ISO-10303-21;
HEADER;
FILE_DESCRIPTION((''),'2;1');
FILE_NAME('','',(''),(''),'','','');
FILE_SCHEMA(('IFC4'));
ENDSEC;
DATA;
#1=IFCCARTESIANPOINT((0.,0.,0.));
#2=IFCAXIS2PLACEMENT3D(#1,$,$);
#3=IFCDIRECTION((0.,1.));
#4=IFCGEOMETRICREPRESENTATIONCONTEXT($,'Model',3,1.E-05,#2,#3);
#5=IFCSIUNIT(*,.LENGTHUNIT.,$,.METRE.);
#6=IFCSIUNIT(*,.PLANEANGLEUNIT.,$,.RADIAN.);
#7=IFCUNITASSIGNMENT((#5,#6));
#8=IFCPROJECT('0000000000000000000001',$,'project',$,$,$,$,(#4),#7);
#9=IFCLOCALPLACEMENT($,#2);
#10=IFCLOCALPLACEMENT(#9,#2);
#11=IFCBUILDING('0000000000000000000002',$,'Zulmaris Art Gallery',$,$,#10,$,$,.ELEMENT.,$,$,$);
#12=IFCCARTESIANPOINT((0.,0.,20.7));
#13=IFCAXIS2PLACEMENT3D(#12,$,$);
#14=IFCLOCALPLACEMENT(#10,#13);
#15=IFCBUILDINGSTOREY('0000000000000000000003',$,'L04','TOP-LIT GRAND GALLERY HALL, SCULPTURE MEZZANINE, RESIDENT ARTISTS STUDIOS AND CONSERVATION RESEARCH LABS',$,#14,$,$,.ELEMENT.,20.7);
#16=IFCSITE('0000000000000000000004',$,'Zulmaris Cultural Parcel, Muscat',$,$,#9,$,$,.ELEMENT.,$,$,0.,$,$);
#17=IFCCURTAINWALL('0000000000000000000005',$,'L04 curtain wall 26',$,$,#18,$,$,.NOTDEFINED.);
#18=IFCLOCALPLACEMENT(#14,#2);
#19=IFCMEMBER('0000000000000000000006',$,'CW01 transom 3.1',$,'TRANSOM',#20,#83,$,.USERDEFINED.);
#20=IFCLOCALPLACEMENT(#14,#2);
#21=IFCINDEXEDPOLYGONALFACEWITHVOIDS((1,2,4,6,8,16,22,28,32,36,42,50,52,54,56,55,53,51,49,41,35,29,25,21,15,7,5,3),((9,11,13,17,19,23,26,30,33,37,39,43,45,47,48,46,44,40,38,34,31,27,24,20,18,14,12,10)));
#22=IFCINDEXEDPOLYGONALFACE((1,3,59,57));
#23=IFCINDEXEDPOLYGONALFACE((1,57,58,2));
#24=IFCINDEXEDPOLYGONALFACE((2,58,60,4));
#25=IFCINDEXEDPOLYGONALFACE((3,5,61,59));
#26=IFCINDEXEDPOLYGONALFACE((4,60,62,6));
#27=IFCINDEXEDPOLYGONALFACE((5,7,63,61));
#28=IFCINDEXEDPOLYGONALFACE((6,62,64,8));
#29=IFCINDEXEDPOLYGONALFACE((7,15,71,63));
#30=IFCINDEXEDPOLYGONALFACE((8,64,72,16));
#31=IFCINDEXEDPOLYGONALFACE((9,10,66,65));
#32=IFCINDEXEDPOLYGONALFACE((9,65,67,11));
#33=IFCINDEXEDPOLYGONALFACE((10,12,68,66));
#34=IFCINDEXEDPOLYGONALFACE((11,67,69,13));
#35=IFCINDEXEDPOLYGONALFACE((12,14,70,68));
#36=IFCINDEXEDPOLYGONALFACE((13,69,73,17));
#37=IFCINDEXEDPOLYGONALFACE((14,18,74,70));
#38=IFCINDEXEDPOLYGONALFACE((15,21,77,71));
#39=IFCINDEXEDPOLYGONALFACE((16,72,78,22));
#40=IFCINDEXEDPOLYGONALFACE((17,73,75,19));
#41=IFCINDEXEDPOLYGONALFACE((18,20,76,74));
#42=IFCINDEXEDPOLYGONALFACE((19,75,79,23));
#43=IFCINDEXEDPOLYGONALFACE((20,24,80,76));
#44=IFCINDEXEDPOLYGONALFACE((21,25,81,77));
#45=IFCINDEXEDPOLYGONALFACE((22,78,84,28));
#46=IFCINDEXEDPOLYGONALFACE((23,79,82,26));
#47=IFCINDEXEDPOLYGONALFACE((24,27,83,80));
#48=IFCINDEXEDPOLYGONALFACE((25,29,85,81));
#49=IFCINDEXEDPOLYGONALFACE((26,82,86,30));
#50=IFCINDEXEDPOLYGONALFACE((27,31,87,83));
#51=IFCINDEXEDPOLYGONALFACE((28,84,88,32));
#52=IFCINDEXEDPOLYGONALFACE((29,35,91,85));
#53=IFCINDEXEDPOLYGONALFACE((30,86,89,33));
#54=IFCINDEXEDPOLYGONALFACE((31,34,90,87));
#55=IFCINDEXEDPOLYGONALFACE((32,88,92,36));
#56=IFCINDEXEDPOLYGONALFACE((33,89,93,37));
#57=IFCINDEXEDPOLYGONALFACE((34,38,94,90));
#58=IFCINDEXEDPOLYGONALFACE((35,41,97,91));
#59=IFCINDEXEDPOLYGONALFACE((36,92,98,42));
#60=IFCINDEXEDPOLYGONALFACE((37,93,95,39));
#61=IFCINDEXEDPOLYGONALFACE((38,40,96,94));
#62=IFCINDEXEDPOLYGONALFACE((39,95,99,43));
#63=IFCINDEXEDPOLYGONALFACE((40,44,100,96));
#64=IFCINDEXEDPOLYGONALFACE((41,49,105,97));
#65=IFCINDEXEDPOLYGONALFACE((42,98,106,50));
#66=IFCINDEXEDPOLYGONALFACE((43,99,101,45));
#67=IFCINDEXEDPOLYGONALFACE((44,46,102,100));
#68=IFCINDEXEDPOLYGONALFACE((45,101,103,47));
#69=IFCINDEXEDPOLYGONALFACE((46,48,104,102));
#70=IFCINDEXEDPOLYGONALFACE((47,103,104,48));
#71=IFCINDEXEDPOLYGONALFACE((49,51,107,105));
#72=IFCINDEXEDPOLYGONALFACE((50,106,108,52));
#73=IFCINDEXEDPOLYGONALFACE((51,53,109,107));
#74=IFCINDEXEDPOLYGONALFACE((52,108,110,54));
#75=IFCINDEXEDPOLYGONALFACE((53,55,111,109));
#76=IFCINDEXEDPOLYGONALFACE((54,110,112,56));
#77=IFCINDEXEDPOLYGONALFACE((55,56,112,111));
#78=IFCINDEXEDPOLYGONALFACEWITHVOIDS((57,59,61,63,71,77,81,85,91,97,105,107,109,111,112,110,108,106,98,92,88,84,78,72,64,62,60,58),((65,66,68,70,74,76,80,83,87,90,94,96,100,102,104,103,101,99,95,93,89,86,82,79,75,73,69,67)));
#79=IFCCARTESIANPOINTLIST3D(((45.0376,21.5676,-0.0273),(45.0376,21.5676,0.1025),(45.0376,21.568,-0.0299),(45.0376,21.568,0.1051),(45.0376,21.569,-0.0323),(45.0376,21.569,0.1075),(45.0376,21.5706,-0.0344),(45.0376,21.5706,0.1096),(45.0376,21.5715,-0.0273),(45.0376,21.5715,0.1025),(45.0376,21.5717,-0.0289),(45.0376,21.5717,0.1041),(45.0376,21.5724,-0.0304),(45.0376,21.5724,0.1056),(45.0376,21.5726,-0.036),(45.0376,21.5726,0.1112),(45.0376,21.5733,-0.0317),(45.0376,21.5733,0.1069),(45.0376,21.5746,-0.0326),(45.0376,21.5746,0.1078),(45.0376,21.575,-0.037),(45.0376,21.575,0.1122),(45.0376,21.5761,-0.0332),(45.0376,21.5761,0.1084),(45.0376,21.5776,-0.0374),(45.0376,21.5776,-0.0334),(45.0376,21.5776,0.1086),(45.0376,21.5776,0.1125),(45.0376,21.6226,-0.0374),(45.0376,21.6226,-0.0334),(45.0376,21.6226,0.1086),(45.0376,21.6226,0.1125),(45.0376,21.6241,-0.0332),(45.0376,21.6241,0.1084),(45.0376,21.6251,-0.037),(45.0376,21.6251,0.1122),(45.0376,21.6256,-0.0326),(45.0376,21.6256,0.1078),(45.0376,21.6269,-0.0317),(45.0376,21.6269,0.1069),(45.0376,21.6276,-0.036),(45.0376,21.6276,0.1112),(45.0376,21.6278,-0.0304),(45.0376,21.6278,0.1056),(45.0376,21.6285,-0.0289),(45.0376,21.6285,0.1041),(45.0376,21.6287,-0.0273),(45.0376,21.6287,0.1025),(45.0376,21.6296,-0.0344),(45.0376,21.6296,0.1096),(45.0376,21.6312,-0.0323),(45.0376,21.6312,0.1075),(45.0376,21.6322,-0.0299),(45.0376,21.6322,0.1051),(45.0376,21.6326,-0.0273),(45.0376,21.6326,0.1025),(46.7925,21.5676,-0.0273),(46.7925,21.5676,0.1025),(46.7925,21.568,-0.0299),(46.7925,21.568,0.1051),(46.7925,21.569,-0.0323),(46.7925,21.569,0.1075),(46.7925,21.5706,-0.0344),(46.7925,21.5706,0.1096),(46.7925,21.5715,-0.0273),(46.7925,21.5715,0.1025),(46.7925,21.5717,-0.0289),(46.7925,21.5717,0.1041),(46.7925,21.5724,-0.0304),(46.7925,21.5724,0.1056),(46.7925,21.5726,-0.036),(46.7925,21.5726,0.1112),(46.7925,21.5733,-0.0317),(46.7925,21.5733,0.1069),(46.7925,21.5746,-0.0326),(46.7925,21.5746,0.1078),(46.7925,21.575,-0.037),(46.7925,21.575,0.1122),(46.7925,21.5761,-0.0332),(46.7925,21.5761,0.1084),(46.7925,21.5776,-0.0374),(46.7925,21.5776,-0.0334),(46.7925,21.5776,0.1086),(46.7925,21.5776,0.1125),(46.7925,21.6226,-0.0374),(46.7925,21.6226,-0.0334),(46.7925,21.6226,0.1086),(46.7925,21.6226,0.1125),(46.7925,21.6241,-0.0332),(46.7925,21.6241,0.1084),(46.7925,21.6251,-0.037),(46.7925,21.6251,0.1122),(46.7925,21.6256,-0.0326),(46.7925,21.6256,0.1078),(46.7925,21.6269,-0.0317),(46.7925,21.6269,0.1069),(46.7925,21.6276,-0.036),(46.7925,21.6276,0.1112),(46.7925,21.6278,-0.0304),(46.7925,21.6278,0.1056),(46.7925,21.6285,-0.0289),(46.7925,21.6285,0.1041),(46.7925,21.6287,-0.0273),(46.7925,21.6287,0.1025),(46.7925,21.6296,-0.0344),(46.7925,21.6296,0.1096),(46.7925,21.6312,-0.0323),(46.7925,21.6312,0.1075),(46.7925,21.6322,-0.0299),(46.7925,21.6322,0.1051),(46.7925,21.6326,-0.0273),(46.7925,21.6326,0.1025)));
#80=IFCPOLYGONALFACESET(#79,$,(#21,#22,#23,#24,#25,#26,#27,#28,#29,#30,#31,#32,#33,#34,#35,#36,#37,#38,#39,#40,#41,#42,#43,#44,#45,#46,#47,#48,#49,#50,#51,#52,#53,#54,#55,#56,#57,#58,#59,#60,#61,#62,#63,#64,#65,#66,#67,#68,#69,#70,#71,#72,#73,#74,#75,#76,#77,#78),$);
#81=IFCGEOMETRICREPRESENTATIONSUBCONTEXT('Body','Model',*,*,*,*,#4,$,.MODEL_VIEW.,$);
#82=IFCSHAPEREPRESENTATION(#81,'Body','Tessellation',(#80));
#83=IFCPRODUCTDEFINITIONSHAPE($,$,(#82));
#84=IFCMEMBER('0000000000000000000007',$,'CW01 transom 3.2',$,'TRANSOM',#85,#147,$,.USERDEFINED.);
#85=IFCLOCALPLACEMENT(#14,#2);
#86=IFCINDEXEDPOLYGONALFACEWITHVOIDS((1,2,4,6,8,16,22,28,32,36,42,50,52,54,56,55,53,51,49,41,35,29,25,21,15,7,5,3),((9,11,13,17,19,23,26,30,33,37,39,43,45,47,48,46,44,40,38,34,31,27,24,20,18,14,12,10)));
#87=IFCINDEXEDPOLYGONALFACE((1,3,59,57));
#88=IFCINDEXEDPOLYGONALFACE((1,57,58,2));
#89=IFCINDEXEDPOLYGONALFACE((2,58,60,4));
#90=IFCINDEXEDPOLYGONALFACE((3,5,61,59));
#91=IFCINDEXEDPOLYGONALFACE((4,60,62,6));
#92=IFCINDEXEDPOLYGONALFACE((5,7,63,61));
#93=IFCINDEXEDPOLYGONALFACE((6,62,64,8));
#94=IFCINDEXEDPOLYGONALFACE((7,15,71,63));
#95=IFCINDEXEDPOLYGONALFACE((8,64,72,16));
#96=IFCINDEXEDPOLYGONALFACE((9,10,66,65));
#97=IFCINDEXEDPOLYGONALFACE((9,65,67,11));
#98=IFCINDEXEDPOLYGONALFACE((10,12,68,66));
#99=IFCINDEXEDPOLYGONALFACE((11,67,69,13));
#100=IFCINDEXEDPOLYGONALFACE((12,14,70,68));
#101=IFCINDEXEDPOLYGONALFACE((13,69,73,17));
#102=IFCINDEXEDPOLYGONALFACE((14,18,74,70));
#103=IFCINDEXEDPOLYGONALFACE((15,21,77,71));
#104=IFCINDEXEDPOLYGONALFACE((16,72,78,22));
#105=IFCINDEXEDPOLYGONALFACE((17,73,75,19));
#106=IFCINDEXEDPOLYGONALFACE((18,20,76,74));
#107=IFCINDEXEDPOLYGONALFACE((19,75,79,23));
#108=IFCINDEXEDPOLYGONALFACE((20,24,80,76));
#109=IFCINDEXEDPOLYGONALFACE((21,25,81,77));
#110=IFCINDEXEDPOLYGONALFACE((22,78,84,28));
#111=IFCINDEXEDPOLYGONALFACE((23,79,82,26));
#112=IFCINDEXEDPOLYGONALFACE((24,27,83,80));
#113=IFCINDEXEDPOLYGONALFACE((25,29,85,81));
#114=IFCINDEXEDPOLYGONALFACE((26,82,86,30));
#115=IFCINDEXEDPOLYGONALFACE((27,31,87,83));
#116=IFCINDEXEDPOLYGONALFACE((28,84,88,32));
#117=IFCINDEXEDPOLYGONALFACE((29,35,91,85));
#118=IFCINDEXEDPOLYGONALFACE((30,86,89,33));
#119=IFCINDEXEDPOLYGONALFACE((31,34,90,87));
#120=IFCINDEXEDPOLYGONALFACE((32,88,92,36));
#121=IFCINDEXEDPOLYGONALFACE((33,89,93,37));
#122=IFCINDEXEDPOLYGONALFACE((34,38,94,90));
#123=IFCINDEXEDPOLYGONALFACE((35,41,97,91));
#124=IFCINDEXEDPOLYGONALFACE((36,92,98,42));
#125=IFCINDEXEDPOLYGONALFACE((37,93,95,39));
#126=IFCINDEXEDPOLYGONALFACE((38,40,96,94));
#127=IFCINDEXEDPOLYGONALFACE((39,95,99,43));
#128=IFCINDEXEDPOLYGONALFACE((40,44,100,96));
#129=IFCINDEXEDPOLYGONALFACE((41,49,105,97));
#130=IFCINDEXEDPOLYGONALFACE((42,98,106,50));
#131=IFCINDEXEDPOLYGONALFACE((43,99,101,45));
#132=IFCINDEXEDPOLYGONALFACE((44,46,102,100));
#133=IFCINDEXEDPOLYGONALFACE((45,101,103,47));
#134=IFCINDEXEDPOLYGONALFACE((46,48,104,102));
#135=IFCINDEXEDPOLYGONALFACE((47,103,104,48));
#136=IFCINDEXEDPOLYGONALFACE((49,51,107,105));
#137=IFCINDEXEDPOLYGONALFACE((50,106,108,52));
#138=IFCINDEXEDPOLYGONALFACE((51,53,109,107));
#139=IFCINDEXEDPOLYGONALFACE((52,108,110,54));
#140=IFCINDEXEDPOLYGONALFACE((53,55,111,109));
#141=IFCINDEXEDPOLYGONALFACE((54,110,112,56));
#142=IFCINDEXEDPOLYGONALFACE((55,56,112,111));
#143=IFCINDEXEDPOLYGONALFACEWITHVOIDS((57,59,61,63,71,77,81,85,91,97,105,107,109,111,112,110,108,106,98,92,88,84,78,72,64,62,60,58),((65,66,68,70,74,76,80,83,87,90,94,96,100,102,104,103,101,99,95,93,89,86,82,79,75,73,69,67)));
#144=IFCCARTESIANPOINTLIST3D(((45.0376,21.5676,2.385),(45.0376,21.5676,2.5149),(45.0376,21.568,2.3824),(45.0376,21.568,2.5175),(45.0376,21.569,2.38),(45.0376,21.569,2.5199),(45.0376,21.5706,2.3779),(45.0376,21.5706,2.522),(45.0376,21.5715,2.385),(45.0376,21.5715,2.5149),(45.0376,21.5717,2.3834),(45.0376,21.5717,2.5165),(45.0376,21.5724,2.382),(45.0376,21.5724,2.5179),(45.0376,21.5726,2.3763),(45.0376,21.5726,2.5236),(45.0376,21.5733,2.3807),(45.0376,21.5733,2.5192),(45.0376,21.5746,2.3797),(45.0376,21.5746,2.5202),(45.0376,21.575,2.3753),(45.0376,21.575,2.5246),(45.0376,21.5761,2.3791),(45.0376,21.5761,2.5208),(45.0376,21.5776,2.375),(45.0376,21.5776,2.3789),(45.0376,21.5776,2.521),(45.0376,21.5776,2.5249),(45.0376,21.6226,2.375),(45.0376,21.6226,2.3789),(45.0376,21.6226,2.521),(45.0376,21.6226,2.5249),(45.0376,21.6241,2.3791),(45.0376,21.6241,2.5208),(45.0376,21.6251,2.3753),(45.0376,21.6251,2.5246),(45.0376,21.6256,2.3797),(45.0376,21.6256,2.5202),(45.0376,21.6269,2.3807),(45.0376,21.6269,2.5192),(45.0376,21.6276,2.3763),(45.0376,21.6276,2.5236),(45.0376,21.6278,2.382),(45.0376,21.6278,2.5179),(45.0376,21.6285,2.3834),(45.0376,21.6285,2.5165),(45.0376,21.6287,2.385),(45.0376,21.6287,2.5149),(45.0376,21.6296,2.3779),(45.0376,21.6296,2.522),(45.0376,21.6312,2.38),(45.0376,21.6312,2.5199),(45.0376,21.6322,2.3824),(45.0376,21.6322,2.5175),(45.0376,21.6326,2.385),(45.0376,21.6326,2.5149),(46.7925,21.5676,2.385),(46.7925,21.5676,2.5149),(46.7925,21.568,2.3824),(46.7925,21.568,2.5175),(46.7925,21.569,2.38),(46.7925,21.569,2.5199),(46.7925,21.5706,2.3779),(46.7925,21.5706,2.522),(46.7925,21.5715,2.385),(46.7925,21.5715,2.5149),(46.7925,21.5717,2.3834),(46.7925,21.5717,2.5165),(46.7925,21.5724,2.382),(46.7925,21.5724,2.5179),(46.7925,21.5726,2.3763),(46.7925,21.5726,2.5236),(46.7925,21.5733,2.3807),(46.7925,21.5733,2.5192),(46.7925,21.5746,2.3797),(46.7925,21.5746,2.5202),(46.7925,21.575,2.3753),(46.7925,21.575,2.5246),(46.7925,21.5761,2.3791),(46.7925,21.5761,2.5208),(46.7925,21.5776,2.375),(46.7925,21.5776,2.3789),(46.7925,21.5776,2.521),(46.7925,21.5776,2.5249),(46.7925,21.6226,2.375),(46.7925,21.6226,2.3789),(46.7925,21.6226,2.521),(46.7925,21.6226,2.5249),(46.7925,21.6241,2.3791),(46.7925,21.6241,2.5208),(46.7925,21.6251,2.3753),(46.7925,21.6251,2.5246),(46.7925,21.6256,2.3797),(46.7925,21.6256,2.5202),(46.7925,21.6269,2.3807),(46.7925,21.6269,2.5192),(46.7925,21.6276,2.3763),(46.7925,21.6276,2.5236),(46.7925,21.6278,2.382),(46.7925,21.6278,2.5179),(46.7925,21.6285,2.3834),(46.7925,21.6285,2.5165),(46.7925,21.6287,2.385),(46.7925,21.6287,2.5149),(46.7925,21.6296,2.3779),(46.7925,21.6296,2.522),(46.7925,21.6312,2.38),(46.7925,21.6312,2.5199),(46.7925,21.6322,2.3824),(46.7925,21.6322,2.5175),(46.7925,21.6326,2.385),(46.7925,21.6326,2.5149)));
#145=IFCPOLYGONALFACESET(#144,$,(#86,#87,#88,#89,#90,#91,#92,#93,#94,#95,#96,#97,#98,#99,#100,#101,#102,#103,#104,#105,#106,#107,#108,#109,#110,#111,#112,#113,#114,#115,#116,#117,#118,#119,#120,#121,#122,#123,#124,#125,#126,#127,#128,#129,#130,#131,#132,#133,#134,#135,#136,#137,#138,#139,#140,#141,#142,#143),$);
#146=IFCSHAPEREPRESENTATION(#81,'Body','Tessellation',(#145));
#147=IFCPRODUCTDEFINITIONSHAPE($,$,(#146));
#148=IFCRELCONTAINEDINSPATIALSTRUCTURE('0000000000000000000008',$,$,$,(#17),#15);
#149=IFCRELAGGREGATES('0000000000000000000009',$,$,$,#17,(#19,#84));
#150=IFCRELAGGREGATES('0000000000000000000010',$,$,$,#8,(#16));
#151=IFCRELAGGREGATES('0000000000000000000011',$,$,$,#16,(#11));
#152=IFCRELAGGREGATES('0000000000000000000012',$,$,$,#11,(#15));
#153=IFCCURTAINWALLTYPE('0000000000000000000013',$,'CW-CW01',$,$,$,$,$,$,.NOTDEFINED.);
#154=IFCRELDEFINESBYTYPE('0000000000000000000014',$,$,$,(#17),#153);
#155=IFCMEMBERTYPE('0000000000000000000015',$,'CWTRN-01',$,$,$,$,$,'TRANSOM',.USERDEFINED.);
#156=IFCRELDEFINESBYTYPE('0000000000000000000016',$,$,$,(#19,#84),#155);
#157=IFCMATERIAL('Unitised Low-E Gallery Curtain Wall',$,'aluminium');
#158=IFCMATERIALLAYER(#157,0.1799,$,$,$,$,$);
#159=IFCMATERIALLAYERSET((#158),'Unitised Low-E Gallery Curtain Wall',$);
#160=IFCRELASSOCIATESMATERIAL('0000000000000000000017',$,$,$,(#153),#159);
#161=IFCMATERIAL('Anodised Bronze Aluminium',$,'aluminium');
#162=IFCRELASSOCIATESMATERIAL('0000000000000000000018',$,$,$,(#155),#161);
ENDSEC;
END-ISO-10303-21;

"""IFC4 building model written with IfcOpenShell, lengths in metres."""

from ifc_helpers import new_model, si_unit, direction, frame, origin, origin_2d, place, context, subcontext, project, spatial, hollow_rectangle, extrude, material, layer, layer_set, material_profile, profile_set, type_object, element, aggregate, save


model = new_model("IFC4")

# Units and contexts
model_context = context("Model", 3, precision=1e-05, world=origin(), true_north=direction((0.0, 1.0)))
body_context = subcontext(model_context, "Body", "Model", "MODEL_VIEW")
ifc_project = project(units=[si_unit("LENGTHUNIT", "METRE"), si_unit("PLANEANGLEUNIT", "RADIAN")], contexts=[model_context])

# Site, building, storey
site_placement = place(None, origin())
site = spatial("IfcSite", under=ifc_project, at=site_placement, Name="Zulmaris Cultural Parcel, Muscat", CompositionType="ELEMENT", RefElevation=0.0)
building_placement = place(site_placement, origin())
building = spatial("IfcBuilding", under=site, at=building_placement, Name="Zulmaris Art Gallery", CompositionType="ELEMENT")
storey_placement = place(building_placement, frame((0.0, 0.0, 20.7)))
storey = spatial("IfcBuildingStorey", under=building, at=storey_placement, Name="L04", Description="TOP-LIT GRAND GALLERY HALL, SCULPTURE MEZZANINE, RESIDENT ARTISTS STUDIOS AND CONSERVATION RESEARCH LABS", CompositionType="ELEMENT", Elevation=20.7)

# Curtain wall
ifc_material_1 = material(Name="Unitised Low-E Gallery Curtain Wall", Category="aluminium")
ifc_layer_1 = layer(ifc_material_1, 0.1799)
ifc_layer_set_1 = layer_set([ifc_layer_1], Name="Unitised Low-E Gallery Curtain Wall")
curtain_wall_type_1 = type_object("IfcCurtainWallType", Name="CW-CW01", PredefinedType="NOTDEFINED", material=ifc_layer_set_1)
curtain_wall_1_placement = place(storey_placement, origin())
curtain_wall_1 = element("IfcCurtainWall", 1, at=curtain_wall_1_placement, inside=storey, type_object=curtain_wall_type_1, Name="L04 curtain wall 26", PredefinedType="NOTDEFINED")
ifc_material_2 = material(Name="Anodised Bronze Aluminium", Category="aluminium")

# Members
ifc_material_profile_1 = material_profile(ifc_material_2, hollow_rectangle(XDim=0.0649, YDim=0.1499, WallThickness=0.0039, InnerFilletRadius=0.0061, OuterFilletRadius=0.01, at=origin_2d()), Name="ALU 65x150x4")
ifc_profile_set_1 = profile_set([ifc_material_profile_1], Name="Anodised Bronze Aluminium")
member_type_1 = type_object("IfcMemberType", Name="CWTRN-01", ElementType="TRANSOM", PredefinedType="USERDEFINED", material=ifc_profile_set_1)
member_1_placement = place(storey_placement, frame((45.0376, 21.6001, 0.0376), z_axis=(1.0, 0.0, 0.0), x_axis=(0.0, 1.0, 0.0)))
member_1 = element("IfcMember", 2, at=member_1_placement, type_object=member_type_1, Name="CW01 transom 3.1", ObjectType="TRANSOM", PredefinedType="USERDEFINED", context=body_context, shape_type="SweptSolid", body=[
    extrude(hollow_rectangle(XDim=0.0649, YDim=0.1499, WallThickness=0.0039, InnerFilletRadius=0.0061, OuterFilletRadius=0.01, at=origin_2d()), origin(), (0.0, 0.0, 1.0), 1.7549),
])
member_2_placement = place(storey_placement, frame((45.0376, 21.6001, 2.45), z_axis=(1.0, 0.0, 0.0), x_axis=(0.0, 1.0, 0.0)))
member_2 = element("IfcMember", 3, at=member_2_placement, type_object=member_type_1, Name="CW01 transom 3.2", ObjectType="TRANSOM", PredefinedType="USERDEFINED", context=body_context, shape_type="SweptSolid", body=[
    extrude(hollow_rectangle(XDim=0.0649, YDim=0.1499, WallThickness=0.0039, InnerFilletRadius=0.0061, OuterFilletRadius=0.01, at=origin_2d()), origin(), (0.0, 0.0, 1.0), 1.7549),
])

aggregate(curtain_wall_1, [member_1, member_2])

save(model, "model.ifc")
